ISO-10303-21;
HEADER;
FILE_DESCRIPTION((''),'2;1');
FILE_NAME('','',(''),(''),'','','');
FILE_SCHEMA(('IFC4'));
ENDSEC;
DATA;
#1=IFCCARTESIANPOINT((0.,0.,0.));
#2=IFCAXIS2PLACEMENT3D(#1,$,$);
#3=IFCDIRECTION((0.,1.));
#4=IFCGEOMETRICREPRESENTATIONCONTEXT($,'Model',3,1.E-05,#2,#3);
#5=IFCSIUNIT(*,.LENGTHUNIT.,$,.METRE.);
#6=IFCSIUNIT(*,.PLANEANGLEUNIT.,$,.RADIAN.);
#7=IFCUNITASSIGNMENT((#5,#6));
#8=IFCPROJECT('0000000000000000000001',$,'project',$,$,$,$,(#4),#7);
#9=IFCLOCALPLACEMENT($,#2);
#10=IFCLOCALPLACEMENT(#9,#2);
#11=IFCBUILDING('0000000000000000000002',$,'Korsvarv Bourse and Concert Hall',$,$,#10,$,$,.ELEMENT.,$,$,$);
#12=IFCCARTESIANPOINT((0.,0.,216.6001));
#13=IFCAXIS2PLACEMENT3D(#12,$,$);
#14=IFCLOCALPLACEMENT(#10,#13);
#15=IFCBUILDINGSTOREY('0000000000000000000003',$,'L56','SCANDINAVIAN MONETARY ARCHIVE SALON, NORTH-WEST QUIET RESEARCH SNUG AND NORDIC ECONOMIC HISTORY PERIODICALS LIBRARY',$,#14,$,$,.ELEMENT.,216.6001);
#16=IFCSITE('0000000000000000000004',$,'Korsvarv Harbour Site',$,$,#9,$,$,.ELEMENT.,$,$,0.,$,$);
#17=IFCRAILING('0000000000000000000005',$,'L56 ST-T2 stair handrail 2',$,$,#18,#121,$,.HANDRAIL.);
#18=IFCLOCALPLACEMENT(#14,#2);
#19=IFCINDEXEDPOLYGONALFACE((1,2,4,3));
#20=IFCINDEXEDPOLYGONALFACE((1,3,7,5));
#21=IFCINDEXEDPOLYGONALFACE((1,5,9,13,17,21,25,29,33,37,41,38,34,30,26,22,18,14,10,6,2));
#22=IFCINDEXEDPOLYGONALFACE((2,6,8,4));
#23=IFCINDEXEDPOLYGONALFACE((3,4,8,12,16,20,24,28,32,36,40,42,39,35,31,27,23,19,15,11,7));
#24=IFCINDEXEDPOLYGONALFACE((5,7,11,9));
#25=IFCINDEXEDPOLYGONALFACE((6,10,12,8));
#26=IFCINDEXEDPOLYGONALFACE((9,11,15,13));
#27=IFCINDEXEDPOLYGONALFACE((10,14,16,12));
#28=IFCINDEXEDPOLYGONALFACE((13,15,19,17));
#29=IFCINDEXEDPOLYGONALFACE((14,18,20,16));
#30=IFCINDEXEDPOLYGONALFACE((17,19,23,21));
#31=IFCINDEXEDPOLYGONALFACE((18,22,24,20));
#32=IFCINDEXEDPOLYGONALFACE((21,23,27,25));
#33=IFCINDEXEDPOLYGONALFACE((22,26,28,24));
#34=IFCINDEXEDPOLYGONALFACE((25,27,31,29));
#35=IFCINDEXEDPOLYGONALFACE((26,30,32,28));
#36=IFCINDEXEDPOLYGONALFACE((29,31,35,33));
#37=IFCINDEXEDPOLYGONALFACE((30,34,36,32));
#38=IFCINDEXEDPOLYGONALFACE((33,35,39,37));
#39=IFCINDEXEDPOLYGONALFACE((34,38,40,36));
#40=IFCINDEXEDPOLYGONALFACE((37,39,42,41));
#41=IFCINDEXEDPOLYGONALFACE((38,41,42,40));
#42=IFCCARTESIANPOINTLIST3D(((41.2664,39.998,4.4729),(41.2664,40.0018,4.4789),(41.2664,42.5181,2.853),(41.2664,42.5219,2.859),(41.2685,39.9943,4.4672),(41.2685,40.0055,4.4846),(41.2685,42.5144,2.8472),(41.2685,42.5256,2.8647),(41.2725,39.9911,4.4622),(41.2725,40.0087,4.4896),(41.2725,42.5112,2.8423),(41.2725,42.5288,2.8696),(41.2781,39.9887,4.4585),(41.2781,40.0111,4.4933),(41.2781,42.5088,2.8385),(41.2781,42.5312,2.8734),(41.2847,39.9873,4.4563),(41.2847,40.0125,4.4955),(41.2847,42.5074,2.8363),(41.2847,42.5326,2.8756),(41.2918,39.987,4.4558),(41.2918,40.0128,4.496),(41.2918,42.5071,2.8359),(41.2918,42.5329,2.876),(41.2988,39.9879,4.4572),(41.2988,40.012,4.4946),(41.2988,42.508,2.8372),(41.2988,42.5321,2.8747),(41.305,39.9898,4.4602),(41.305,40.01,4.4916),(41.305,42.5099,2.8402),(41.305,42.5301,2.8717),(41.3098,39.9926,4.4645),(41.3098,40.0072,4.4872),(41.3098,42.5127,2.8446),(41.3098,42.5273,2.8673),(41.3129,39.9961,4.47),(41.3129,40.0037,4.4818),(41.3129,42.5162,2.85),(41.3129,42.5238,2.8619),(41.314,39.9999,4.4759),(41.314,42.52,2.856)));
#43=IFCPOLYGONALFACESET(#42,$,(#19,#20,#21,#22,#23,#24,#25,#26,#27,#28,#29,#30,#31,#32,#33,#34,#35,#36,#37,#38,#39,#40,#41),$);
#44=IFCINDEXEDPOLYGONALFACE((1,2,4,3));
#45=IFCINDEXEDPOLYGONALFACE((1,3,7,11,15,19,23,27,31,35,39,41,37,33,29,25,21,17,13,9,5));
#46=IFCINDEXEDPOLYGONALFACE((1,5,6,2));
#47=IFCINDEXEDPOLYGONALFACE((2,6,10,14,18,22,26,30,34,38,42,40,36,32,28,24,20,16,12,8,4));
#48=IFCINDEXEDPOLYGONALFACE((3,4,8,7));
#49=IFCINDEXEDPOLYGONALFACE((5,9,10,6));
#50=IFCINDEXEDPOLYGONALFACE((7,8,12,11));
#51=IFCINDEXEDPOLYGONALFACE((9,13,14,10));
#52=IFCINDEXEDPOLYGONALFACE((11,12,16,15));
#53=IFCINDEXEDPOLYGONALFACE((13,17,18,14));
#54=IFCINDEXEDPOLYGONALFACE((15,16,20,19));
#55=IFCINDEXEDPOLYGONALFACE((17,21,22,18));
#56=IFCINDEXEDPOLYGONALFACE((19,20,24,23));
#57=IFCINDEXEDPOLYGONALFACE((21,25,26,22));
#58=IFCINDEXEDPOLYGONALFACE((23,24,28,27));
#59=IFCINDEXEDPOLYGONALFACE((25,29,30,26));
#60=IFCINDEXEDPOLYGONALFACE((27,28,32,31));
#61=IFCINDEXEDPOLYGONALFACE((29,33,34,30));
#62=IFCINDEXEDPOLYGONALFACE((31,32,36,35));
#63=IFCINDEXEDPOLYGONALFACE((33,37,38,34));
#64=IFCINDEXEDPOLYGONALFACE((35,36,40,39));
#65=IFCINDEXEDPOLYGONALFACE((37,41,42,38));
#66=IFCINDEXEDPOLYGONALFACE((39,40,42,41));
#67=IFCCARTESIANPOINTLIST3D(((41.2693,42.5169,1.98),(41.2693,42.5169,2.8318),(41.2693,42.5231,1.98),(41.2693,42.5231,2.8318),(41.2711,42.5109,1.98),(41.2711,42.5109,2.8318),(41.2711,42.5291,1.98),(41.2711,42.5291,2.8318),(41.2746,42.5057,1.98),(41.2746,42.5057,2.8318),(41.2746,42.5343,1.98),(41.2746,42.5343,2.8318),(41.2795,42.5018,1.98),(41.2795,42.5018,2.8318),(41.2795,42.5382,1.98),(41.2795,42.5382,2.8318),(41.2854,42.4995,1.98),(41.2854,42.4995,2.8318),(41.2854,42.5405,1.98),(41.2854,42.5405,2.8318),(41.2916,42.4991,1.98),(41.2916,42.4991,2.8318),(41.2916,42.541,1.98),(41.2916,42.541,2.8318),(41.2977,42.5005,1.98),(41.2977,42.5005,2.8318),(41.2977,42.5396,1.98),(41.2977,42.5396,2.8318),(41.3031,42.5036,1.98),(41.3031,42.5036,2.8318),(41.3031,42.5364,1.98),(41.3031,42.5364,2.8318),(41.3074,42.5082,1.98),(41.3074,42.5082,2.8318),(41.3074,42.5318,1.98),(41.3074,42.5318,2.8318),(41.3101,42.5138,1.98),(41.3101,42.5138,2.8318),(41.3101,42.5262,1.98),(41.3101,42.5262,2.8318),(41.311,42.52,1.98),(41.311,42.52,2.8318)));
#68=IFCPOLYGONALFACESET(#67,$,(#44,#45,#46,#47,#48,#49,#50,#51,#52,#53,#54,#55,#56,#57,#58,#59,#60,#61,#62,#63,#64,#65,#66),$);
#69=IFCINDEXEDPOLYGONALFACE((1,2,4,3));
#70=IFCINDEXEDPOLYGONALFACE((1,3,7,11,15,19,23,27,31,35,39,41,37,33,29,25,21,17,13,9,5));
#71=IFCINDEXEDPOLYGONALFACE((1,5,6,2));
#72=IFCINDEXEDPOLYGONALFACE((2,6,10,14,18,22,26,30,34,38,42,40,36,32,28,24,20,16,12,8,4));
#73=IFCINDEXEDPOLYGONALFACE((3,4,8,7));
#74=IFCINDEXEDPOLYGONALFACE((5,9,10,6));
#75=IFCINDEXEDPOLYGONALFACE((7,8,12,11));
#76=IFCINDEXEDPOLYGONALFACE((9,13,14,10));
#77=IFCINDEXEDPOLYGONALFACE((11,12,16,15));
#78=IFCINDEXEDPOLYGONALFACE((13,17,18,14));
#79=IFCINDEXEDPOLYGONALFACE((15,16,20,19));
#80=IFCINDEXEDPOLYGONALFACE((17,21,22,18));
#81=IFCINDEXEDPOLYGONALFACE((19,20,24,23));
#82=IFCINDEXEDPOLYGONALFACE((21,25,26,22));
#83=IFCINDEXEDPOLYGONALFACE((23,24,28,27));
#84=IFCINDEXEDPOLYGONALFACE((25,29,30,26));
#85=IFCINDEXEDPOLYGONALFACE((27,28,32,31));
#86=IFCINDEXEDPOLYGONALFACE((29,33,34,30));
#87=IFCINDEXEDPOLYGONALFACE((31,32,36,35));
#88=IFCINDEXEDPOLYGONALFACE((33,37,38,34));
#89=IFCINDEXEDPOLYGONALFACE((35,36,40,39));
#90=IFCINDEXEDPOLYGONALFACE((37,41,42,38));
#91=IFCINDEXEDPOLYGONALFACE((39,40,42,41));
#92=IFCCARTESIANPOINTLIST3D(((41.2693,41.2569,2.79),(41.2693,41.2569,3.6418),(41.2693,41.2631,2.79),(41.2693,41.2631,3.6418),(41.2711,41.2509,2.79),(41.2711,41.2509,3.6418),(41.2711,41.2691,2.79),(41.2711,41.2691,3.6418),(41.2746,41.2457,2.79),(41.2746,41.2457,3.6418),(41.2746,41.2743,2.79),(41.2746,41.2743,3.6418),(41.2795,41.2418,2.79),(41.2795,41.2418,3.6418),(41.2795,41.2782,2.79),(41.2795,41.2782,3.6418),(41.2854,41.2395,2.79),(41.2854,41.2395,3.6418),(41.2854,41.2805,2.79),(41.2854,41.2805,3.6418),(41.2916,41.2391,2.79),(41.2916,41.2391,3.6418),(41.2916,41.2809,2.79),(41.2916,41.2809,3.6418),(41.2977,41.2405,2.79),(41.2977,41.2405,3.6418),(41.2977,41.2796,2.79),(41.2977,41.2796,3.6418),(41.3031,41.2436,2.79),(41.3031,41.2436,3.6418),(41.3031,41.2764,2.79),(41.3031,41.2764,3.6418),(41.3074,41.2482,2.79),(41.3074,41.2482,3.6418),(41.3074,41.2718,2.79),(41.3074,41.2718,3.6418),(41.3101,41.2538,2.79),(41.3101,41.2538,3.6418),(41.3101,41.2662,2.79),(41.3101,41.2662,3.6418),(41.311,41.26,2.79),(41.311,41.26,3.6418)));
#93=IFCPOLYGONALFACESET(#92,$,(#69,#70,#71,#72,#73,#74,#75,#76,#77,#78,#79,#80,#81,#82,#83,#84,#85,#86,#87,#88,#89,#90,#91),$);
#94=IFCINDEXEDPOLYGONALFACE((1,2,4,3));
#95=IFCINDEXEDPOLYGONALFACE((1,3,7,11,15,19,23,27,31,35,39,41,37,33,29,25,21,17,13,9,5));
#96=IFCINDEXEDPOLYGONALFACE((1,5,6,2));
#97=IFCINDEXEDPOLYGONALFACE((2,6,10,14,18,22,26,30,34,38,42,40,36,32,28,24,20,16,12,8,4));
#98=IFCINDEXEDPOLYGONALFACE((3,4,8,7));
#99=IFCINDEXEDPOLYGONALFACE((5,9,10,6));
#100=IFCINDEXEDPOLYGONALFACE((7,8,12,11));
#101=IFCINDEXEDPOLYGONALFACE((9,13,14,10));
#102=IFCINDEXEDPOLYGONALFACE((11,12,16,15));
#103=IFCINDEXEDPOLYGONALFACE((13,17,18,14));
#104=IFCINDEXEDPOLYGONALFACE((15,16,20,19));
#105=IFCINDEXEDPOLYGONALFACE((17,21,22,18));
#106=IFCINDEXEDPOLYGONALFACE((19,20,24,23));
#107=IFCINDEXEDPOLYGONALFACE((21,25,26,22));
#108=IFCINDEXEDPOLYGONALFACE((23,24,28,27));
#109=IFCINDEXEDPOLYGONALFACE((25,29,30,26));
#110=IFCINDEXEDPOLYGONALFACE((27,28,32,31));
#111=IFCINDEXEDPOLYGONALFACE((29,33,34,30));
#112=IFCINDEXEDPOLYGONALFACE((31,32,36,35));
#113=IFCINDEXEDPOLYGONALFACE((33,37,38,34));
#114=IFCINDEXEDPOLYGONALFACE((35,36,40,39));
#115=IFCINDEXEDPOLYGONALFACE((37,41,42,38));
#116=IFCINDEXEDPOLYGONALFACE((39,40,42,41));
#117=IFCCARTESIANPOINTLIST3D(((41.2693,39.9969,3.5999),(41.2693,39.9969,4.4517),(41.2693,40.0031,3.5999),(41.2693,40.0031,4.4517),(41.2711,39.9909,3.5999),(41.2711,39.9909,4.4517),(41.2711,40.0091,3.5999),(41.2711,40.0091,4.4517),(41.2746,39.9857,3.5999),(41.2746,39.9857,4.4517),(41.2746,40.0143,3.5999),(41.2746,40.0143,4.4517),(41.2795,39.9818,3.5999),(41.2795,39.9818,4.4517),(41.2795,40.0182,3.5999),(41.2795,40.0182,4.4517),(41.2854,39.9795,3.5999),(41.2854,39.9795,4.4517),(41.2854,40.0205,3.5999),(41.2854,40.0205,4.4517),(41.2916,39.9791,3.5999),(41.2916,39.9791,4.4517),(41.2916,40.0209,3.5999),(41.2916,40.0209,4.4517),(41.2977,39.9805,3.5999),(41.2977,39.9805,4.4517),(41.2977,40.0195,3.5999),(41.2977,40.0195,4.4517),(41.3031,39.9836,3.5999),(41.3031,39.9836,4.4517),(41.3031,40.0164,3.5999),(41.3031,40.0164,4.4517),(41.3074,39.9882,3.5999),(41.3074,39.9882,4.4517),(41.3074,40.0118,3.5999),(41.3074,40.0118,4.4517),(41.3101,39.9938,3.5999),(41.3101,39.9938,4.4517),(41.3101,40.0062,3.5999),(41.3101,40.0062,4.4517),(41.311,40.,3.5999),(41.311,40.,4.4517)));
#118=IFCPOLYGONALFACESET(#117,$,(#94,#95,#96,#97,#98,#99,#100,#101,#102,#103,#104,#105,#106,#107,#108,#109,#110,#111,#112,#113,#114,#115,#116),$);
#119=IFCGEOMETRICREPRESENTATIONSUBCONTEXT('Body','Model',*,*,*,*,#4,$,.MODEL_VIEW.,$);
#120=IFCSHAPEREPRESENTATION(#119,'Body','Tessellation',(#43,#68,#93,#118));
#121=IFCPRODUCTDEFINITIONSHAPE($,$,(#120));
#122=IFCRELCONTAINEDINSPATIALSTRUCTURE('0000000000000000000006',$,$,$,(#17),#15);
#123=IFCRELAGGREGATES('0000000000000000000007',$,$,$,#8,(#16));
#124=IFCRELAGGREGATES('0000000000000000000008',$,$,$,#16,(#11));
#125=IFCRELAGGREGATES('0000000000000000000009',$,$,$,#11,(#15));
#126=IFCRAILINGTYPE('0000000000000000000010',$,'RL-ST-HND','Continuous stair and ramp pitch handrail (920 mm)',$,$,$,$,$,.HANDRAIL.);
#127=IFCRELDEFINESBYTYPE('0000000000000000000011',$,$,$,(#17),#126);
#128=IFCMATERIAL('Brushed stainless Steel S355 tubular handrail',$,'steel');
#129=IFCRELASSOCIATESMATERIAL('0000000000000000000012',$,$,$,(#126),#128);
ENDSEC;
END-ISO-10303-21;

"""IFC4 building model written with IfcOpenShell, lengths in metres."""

from ifc_helpers import new_model, si_unit, direction, frame, origin, origin_2d, place, context, subcontext, project, spatial, circle, extrude, material, type_object, element, save


model = new_model("IFC4")

# Units and contexts
model_context = context("Model", 3, precision=1e-05, world=origin(), true_north=direction((0.0, 1.0)))
body_context = subcontext(model_context, "Body", "Model", "MODEL_VIEW")
ifc_project = project(units=[si_unit("LENGTHUNIT", "METRE"), si_unit("PLANEANGLEUNIT", "RADIAN")], contexts=[model_context])

# Site, building, storey
site_placement = place(None, origin())
site = spatial("IfcSite", under=ifc_project, at=site_placement, Name="Korsvarv Harbour Site", CompositionType="ELEMENT", RefElevation=0.0)
building_placement = place(site_placement, origin())
building = spatial("IfcBuilding", under=site, at=building_placement, Name="Korsvarv Bourse and Concert Hall", CompositionType="ELEMENT")
storey_placement = place(building_placement, frame((0.0, 0.0, 216.6001)))
storey = spatial("IfcBuildingStorey", under=building, at=storey_placement, Name="L56", Description="SCANDINAVIAN MONETARY ARCHIVE SALON, NORTH-WEST QUIET RESEARCH SNUG AND NORDIC ECONOMIC HISTORY PERIODICALS LIBRARY", CompositionType="ELEMENT", Elevation=216.6001)

# Railing
ifc_material_1 = material(Name="Brushed stainless Steel S355 tubular handrail", Category="steel")
railing_type_1 = type_object("IfcRailingType", Name="RL-ST-HND", Description="Continuous stair and ramp pitch handrail (920 mm)", PredefinedType="HANDRAIL", material=ifc_material_1)
railing_1_placement = place(storey_placement, frame((41.29, 42.52, 1.98)))
element("IfcRailing", 1, at=railing_1_placement, inside=storey, type_object=railing_type_1, Name="L56 ST-T2 stair handrail 2", PredefinedType="HANDRAIL", context=body_context, shape_type="SweptSolid", body=[
    extrude(circle(Radius=0.0239, at=origin_2d()), frame((0.0, 0.0, 0.876), z_axis=(0.0, -0.8412, 0.540725), x_axis=(1.0, 0.0, 0.0)), (0.0, 0.0, 1.0), 2.9958),
    extrude(circle(Radius=0.021, at=origin_2d()), origin(), (0.0, 0.0, 1.0), 0.8518),
    extrude(circle(Radius=0.021, at=origin_2d()), frame((0.0, -1.26, 0.8101)), (0.0, 0.0, 1.0), 0.8518),
    extrude(circle(Radius=0.021, at=origin_2d()), frame((0.0, -2.52, 1.6199)), (0.0, 0.0, 1.0), 0.8518),
])

save(model, "model.ifc")
